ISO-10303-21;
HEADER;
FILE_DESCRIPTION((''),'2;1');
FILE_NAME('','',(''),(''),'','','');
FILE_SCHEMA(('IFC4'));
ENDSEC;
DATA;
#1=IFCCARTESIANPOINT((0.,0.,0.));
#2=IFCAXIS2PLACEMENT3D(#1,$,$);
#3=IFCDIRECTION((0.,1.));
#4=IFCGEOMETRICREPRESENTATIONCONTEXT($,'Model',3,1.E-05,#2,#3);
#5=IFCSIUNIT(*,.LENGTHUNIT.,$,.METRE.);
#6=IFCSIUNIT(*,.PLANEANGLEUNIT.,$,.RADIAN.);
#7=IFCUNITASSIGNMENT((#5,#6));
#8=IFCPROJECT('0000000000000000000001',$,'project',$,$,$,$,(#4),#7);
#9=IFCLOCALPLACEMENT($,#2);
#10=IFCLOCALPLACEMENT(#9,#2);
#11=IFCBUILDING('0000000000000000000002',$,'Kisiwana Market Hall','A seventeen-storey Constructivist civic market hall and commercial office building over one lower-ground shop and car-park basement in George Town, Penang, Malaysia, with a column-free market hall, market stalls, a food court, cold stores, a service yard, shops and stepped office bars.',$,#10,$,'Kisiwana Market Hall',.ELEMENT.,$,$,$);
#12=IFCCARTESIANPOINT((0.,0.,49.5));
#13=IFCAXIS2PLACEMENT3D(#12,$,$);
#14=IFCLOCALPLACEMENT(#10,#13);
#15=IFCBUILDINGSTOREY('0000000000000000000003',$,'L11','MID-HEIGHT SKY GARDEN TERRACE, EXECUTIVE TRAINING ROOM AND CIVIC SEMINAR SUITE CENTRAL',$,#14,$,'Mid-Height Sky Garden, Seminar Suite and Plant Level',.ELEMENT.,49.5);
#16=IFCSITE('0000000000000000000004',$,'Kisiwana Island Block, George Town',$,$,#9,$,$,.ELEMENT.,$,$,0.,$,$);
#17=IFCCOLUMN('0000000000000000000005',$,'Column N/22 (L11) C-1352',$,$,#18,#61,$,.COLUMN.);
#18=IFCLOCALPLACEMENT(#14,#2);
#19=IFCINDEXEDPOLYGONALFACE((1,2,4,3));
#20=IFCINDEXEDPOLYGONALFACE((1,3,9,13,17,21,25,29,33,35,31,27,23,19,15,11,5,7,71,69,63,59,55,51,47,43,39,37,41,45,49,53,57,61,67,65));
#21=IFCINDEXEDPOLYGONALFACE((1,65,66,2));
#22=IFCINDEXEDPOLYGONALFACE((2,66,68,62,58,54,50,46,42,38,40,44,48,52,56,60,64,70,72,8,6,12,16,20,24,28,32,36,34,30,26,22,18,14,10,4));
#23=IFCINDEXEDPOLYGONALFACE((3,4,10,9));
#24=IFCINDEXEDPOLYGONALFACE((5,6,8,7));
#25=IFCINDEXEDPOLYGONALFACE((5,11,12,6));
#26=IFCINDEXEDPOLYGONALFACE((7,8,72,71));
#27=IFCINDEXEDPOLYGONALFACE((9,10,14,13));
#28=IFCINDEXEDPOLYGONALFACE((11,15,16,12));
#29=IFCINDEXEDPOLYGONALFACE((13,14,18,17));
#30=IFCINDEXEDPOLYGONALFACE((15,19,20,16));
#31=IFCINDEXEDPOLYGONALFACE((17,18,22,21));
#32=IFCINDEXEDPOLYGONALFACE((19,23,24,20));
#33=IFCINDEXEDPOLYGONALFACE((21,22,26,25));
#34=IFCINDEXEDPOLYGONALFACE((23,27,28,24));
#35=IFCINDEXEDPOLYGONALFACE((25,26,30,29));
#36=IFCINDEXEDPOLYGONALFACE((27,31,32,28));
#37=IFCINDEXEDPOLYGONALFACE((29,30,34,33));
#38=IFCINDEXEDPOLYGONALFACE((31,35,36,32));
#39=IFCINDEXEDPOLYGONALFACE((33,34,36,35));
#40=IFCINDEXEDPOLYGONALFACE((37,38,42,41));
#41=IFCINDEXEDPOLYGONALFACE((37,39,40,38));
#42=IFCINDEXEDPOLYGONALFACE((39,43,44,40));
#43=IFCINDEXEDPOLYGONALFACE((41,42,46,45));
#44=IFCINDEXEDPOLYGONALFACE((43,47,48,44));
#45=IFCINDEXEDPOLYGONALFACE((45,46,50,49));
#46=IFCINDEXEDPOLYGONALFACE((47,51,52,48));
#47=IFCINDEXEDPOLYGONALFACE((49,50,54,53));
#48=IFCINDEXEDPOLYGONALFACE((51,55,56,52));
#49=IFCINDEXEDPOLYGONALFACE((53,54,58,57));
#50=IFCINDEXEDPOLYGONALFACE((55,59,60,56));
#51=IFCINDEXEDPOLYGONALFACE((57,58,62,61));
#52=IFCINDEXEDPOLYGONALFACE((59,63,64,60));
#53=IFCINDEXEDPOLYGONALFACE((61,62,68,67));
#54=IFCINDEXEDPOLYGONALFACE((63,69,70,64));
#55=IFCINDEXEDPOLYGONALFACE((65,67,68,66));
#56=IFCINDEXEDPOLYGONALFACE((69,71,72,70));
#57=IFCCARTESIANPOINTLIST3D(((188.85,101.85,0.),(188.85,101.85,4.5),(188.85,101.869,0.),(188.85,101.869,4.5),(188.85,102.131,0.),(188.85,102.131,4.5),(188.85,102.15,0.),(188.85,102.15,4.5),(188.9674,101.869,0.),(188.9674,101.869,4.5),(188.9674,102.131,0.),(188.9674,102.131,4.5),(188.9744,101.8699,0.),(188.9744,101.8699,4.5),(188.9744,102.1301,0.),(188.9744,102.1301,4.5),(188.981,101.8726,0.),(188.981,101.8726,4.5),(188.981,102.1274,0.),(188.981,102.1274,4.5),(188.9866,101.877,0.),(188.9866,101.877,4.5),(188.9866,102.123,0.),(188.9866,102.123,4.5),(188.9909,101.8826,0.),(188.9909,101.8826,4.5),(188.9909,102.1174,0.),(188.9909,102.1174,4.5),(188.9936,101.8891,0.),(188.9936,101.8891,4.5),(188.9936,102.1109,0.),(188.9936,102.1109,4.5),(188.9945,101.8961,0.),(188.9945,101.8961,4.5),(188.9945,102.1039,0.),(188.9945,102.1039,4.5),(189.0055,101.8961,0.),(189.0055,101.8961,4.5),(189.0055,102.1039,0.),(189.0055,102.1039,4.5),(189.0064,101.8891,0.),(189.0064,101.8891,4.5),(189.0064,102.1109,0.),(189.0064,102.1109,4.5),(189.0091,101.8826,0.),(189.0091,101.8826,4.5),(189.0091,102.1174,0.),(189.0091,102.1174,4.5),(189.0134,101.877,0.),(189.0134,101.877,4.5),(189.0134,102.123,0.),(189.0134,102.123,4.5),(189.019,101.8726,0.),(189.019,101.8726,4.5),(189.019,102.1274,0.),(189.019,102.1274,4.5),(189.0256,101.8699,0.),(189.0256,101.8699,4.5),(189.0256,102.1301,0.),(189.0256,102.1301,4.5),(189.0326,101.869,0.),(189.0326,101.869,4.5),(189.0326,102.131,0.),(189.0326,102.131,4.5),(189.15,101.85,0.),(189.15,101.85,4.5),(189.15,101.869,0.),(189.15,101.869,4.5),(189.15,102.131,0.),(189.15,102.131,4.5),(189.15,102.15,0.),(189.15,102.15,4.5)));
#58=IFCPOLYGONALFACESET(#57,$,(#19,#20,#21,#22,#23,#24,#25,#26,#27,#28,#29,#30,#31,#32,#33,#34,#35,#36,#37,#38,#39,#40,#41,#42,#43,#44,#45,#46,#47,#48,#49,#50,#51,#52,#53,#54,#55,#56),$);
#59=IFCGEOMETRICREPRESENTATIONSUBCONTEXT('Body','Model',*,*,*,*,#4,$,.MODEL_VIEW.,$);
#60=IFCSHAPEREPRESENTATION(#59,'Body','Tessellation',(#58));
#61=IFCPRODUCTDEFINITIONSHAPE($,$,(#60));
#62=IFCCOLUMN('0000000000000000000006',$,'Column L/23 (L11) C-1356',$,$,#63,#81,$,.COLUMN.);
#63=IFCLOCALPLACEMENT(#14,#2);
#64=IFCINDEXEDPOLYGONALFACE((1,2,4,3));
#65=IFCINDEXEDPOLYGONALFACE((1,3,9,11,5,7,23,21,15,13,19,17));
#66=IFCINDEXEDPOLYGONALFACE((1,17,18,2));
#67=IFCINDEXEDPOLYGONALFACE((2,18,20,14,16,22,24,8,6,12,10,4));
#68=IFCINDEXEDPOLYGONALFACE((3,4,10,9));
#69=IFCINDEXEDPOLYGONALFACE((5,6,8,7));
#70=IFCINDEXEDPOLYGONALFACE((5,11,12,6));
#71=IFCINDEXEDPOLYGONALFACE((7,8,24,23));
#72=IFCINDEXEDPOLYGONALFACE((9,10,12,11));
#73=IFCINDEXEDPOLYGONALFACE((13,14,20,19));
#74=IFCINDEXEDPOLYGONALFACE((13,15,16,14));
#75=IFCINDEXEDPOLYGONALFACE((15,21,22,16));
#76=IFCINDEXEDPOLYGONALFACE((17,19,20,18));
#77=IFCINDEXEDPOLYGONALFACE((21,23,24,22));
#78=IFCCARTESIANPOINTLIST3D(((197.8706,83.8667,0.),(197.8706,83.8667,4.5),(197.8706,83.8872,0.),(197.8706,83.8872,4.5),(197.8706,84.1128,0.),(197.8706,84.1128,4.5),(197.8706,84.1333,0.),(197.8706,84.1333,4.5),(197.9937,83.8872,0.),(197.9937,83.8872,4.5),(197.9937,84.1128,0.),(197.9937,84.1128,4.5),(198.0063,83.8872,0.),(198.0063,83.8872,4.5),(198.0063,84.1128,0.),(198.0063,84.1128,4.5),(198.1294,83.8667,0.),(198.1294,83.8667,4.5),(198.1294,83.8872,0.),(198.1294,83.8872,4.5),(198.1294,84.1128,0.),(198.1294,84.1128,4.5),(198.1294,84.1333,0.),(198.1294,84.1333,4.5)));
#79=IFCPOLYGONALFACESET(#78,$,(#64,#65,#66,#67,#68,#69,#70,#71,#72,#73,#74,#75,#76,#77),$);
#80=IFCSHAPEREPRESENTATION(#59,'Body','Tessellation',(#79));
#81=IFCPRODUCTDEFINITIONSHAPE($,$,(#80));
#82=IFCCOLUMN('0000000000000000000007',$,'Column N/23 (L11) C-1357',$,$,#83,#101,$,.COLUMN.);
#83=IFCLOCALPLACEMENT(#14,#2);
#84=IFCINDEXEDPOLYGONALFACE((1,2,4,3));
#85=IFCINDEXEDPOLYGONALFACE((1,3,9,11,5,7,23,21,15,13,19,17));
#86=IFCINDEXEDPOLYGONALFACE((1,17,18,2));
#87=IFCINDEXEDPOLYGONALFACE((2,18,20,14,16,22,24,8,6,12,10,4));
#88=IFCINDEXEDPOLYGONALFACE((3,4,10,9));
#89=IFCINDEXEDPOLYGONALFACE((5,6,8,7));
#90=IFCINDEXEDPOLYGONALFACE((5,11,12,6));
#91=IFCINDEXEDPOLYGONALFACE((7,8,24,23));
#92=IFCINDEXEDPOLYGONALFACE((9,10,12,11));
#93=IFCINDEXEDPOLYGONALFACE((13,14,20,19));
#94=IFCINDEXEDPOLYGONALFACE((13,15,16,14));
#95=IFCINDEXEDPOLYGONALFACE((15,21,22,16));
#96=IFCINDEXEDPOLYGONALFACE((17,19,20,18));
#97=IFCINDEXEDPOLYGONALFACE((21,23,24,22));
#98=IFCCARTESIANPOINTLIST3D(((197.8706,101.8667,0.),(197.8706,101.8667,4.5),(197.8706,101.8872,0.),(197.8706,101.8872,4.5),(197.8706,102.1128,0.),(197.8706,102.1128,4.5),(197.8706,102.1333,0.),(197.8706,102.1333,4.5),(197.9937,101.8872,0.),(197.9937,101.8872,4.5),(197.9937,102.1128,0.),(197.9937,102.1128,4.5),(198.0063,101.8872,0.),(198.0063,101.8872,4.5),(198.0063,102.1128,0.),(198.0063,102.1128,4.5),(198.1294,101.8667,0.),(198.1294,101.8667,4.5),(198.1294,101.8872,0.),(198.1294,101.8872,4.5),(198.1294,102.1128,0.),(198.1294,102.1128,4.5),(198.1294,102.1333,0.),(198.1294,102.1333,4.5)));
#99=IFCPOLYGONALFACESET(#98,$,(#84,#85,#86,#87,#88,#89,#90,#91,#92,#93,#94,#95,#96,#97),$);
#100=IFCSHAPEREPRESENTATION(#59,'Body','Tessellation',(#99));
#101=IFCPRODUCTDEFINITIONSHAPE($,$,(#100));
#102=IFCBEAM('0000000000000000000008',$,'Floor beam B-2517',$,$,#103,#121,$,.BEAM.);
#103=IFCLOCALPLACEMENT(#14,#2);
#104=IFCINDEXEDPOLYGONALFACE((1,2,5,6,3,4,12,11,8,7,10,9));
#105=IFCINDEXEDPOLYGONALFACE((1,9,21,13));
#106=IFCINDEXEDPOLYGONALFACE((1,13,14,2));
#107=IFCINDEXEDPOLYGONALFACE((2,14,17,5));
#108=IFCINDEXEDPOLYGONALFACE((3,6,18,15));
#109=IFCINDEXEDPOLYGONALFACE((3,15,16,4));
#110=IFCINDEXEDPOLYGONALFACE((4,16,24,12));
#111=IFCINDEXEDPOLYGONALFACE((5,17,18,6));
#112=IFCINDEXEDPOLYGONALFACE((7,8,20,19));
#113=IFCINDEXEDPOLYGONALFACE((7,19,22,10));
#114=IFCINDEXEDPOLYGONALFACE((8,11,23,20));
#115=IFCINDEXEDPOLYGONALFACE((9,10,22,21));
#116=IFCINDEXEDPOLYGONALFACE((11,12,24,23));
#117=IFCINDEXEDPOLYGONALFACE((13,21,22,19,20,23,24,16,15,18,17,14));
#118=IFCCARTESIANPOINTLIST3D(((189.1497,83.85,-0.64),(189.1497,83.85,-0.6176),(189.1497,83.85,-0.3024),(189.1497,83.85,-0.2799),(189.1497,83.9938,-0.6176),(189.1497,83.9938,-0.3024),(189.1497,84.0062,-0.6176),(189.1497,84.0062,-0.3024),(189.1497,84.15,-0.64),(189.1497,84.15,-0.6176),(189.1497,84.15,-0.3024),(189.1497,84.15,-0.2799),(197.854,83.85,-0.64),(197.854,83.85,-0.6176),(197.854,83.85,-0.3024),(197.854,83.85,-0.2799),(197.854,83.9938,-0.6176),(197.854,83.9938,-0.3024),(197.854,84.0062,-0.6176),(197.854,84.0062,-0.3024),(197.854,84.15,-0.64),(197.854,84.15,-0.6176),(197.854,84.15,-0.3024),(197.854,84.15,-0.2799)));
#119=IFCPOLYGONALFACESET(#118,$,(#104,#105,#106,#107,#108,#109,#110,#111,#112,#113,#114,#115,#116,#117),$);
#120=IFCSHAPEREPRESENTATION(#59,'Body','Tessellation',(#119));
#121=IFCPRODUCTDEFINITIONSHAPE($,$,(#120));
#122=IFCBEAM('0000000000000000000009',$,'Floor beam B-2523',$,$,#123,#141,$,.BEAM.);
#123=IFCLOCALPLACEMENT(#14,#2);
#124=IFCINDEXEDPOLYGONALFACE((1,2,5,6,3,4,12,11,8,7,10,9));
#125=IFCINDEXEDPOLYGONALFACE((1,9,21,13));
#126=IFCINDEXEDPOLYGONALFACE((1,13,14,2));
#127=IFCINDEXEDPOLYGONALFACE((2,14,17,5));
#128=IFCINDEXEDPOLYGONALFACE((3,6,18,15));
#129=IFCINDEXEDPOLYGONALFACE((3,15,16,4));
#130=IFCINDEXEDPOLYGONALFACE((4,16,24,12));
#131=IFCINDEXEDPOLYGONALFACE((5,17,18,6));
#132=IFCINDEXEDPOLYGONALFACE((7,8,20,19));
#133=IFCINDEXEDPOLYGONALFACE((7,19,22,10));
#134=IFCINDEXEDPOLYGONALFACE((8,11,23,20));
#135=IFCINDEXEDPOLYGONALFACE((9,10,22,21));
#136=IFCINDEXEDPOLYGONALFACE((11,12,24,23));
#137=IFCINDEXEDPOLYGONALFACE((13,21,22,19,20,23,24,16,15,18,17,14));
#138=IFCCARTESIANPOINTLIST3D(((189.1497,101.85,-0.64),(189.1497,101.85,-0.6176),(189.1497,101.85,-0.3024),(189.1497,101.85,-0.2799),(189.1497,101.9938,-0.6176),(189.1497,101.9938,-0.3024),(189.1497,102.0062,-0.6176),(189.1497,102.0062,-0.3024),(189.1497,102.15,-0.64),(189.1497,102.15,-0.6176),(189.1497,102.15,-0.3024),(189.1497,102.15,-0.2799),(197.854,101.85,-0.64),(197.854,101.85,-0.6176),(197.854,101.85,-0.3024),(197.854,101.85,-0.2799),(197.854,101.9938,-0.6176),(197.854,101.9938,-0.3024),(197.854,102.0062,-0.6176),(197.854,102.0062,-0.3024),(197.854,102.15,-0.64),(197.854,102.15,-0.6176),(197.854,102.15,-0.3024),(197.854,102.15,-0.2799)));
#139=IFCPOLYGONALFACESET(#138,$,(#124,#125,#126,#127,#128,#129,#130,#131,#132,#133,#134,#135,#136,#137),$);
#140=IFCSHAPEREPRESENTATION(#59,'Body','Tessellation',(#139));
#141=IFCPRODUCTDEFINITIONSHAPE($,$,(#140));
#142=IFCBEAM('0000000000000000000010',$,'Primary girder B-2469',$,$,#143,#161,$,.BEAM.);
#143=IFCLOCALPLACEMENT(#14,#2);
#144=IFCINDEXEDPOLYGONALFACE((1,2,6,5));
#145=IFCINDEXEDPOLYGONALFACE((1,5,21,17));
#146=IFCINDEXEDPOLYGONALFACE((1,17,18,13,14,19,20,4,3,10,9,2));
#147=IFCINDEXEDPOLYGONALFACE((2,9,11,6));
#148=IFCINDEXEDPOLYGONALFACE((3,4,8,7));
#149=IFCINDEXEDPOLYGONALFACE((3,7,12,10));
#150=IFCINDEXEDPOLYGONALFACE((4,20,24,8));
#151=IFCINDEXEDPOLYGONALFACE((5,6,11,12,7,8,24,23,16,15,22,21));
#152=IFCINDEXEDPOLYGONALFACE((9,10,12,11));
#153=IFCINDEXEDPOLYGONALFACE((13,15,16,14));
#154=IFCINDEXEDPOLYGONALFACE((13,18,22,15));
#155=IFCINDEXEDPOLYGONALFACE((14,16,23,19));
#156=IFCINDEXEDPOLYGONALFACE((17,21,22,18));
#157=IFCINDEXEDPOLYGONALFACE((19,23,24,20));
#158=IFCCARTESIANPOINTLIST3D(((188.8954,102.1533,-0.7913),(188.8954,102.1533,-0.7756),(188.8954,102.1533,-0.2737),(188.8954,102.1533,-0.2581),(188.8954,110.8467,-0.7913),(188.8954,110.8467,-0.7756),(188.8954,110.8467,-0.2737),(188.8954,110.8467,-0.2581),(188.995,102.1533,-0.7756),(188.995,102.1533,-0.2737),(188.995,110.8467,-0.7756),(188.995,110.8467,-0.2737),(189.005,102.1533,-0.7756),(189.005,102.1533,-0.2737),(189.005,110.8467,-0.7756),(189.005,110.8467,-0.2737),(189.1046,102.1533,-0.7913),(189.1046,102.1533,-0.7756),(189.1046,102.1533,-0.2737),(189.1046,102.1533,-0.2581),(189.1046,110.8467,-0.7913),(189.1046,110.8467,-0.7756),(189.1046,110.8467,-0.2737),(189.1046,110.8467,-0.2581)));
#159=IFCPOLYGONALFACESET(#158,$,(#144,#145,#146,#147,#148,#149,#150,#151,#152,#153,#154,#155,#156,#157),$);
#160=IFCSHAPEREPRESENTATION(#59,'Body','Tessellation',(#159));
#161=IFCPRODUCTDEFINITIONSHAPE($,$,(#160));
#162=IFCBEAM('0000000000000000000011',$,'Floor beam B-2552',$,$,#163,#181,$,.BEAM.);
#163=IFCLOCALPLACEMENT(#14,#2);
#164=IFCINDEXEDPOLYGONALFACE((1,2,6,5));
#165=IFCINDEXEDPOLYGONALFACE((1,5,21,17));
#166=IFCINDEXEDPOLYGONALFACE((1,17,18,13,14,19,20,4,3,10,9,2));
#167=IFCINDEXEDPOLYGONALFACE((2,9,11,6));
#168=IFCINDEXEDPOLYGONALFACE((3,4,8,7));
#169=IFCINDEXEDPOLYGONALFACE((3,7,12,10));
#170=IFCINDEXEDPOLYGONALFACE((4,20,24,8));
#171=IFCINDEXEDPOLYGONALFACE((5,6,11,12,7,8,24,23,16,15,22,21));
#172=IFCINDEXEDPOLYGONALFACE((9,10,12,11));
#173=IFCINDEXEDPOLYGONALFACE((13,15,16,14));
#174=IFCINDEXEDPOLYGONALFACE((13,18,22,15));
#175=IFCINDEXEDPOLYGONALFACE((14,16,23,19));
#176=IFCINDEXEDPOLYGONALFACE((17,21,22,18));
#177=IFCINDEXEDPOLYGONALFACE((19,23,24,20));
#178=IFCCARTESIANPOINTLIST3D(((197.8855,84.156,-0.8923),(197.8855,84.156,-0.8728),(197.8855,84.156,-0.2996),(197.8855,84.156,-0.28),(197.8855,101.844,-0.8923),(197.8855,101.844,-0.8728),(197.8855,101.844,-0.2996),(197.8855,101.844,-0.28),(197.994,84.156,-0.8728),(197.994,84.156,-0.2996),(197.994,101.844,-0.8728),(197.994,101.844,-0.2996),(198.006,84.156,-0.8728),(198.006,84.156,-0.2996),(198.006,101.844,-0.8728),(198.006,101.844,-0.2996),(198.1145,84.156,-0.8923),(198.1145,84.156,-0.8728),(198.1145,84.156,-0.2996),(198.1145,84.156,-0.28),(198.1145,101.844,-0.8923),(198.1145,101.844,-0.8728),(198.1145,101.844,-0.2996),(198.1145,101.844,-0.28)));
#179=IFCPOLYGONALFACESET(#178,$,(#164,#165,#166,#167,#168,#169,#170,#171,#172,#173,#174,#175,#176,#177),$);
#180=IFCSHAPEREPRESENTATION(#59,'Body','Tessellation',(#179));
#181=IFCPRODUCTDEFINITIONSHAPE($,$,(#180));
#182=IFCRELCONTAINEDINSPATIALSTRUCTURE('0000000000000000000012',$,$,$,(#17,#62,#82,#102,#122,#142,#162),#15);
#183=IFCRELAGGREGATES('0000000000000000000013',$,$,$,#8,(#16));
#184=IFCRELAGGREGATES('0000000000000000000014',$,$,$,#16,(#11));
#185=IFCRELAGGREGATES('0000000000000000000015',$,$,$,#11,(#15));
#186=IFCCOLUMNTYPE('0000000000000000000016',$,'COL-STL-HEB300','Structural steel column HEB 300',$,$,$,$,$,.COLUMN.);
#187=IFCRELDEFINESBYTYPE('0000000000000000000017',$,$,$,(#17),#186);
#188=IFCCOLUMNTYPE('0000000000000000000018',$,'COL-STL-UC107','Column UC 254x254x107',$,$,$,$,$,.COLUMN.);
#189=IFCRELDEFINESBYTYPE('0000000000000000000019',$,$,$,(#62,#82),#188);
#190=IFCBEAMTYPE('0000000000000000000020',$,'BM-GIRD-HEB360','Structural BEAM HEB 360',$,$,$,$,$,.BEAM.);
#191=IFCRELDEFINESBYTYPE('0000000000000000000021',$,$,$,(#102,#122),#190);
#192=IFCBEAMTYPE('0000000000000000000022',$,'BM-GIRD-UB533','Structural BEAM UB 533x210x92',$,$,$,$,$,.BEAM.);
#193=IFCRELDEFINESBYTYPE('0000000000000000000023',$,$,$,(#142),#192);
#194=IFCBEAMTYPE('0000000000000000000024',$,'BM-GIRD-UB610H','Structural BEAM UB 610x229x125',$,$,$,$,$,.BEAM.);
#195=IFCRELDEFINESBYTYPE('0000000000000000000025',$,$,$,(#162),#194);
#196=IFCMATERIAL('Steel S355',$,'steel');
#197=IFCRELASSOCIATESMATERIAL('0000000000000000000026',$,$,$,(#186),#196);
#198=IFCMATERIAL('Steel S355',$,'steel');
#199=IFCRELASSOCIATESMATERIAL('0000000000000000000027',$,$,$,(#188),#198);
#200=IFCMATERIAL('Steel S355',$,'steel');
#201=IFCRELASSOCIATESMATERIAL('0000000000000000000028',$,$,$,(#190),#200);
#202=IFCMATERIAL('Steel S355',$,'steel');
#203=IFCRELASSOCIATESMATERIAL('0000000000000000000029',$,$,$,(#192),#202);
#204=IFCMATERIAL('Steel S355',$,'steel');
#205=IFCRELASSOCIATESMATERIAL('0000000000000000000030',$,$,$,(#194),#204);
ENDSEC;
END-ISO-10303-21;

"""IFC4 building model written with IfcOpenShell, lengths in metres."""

from ifc_helpers import new_model, si_unit, direction, frame, origin, origin_2d, place, context, subcontext, project, spatial, i_section, extrude, material, material_profile, profile_set, type_object, element, save


model = new_model("IFC4")

# Units and contexts
model_context = context("Model", 3, precision=1e-05, world=origin(), true_north=direction((0.0, 1.0)))
body_context = subcontext(model_context, "Body", "Model", "MODEL_VIEW")
ifc_project = project(units=[si_unit("LENGTHUNIT", "METRE"), si_unit("PLANEANGLEUNIT", "RADIAN")], contexts=[model_context])

# Site, building, storey
site_placement = place(None, origin())
site = spatial("IfcSite", under=ifc_project, at=site_placement, Name="Kisiwana Island Block, George Town", CompositionType="ELEMENT", RefElevation=0.0)
building_placement = place(site_placement, origin())
building = spatial("IfcBuilding", under=site, at=building_placement, Name="Kisiwana Market Hall", Description="A seventeen-storey Constructivist civic market hall and commercial office building over one lower-ground shop and car-park basement in George Town, Penang, Malaysia, with a column-free market hall, market stalls, a food court, cold stores, a service yard, shops and stepped office bars.", LongName="Kisiwana Market Hall", CompositionType="ELEMENT")
storey_placement = place(building_placement, frame((0.0, 0.0, 49.5)))
storey = spatial("IfcBuildingStorey", under=building, at=storey_placement, Name="L11", Description="MID-HEIGHT SKY GARDEN TERRACE, EXECUTIVE TRAINING ROOM AND CIVIC SEMINAR SUITE CENTRAL", LongName="Mid-Height Sky Garden, Seminar Suite and Plant Level", CompositionType="ELEMENT", Elevation=49.5)

# Columns
ifc_material_1 = material(Name="Steel S355", Category="steel")
ifc_material_profile_1 = material_profile(ifc_material_1, i_section(OverallWidth=0.3, OverallDepth=0.3, WebThickness=0.011, FlangeThickness=0.019, FilletRadius=0.0271, at=origin_2d()), Name="HEB 300")
ifc_profile_set_1 = profile_set([ifc_material_profile_1], Name="Steel S355")
column_type_1 = type_object("IfcColumnType", Name="COL-STL-HEB300", Description="Structural steel column HEB 300", PredefinedType="COLUMN", material=ifc_profile_set_1)
column_placement = place(storey_placement, frame((189.0, 102.0, 0.0), z_axis=(0.0, 0.0, 1.0), x_axis=(1.0, 0.0, 0.0)))
element("IfcColumn", 1, at=column_placement, inside=storey, type_object=column_type_1, Name="Column N/22 (L11) C-1352", PredefinedType="COLUMN", context=body_context, shape_type="SweptSolid", body=[
    extrude(i_section(OverallWidth=0.3, OverallDepth=0.3, WebThickness=0.011, FlangeThickness=0.019, FilletRadius=0.0271, at=origin_2d()), origin(), (0.0, 0.0, 1.0), 4.5),
])
ifc_material_2 = material(Name="Steel S355", Category="steel")
ifc_material_profile_2 = material_profile(ifc_material_2, i_section(OverallWidth=0.2588, OverallDepth=0.2666, WebThickness=0.0127, FlangeThickness=0.0205, at=origin_2d()), Name="UC 254x254x107")
ifc_profile_set_2 = profile_set([ifc_material_profile_2], Name="Steel S355")
column_type_2 = type_object("IfcColumnType", Name="COL-STL-UC107", Description="Column UC 254x254x107", PredefinedType="COLUMN", material=ifc_profile_set_2)
for number, where, z_axis, x_axis, name in (
    (2, (198.0, 84.0, 0.0), (0.0, 0.0, 1.0), (1.0, 0.0, 0.0), "Column L/23 (L11) C-1356"),
    (3, (198.0, 102.0, 0.0), (0.0, 0.0, 1.0), (1.0, 0.0, 0.0), "Column N/23 (L11) C-1357"),
):
    element("IfcColumn", number, at=place(storey_placement, frame(where, z_axis=z_axis, x_axis=x_axis)), inside=storey, type_object=column_type_2, Name=name, PredefinedType="COLUMN", context=body_context, shape_type="SweptSolid", body=[
        extrude(i_section(OverallWidth=0.2588, OverallDepth=0.2666, WebThickness=0.0127, FlangeThickness=0.0205, at=origin_2d()), origin(), (0.0, 0.0, 1.0), 4.5),
    ])

# Beams
ifc_material_3 = material(Name="Steel S355", Category="steel")
ifc_material_profile_3 = material_profile(ifc_material_3, i_section(OverallWidth=0.3, OverallDepth=0.3601, WebThickness=0.0125, FlangeThickness=0.0225, at=origin_2d()), Name="HEB 360")
ifc_profile_set_3 = profile_set([ifc_material_profile_3], Name="Steel S355")
beam_type_1 = type_object("IfcBeamType", Name="BM-GIRD-HEB360", Description="Structural BEAM HEB 360", PredefinedType="BEAM", material=ifc_profile_set_3)
for number, where, z_axis, x_axis, name in (
    (4, (189.1497, 84.0, -0.46), (1.0, 0.0, 0.0), (0.0, 1.0, 0.0), "Floor beam B-2517"),
    (5, (189.1497, 102.0, -0.46), (1.0, 0.0, 0.0), (0.0, 1.0, 0.0), "Floor beam B-2523"),
):
    element("IfcBeam", number, at=place(storey_placement, frame(where, z_axis=z_axis, x_axis=x_axis)), inside=storey, type_object=beam_type_1, Name=name, PredefinedType="BEAM", context=body_context, shape_type="SweptSolid", body=[
        extrude(i_section(OverallWidth=0.3, OverallDepth=0.3601, WebThickness=0.0125, FlangeThickness=0.0225, at=origin_2d()), origin(), (0.0, 0.0, 1.0), 8.7043),
    ])
ifc_material_4 = material(Name="Steel S355", Category="steel")
ifc_material_profile_4 = material_profile(ifc_material_4, i_section(OverallWidth=0.2092, OverallDepth=0.5332, WebThickness=0.01, FlangeThickness=0.0156, at=origin_2d()), Name="UB 533x210x92")
ifc_profile_set_4 = profile_set([ifc_material_profile_4], Name="Steel S355")
beam_type_2 = type_object("IfcBeamType", Name="BM-GIRD-UB533", Description="Structural BEAM UB 533x210x92", PredefinedType="BEAM", material=ifc_profile_set_4)
beam_1_placement = place(storey_placement, frame((189.0, 102.1533, -0.5247), z_axis=(0.0, 1.0, 0.0), x_axis=(-1.0, 0.0, 0.0)))
element("IfcBeam", 6, at=beam_1_placement, inside=storey, type_object=beam_type_2, Name="Primary girder B-2469", PredefinedType="BEAM", context=body_context, shape_type="SweptSolid", body=[
    extrude(i_section(OverallWidth=0.2092, OverallDepth=0.5332, WebThickness=0.01, FlangeThickness=0.0156, at=origin_2d()), origin(), (0.0, 0.0, 1.0), 8.6934),
])
ifc_material_5 = material(Name="Steel S355", Category="steel")
ifc_material_profile_5 = material_profile(ifc_material_5, i_section(OverallWidth=0.229, OverallDepth=0.6123, WebThickness=0.012, FlangeThickness=0.0195, at=origin_2d()), Name="UB 610x229x125")
ifc_profile_set_5 = profile_set([ifc_material_profile_5], Name="Steel S355")
beam_type_3 = type_object("IfcBeamType", Name="BM-GIRD-UB610H", Description="Structural BEAM UB 610x229x125", PredefinedType="BEAM", material=ifc_profile_set_5)
beam_2_placement = place(storey_placement, frame((198.0, 84.156, -0.5862), z_axis=(0.0, 1.0, 0.0), x_axis=(-1.0, 0.0, 0.0)))
element("IfcBeam", 7, at=beam_2_placement, inside=storey, type_object=beam_type_3, Name="Floor beam B-2552", PredefinedType="BEAM", context=body_context, shape_type="SweptSolid", body=[
    extrude(i_section(OverallWidth=0.229, OverallDepth=0.6123, WebThickness=0.012, FlangeThickness=0.0195, at=origin_2d()), origin(), (0.0, 0.0, 1.0), 17.688),
])

save(model, "model.ifc")
